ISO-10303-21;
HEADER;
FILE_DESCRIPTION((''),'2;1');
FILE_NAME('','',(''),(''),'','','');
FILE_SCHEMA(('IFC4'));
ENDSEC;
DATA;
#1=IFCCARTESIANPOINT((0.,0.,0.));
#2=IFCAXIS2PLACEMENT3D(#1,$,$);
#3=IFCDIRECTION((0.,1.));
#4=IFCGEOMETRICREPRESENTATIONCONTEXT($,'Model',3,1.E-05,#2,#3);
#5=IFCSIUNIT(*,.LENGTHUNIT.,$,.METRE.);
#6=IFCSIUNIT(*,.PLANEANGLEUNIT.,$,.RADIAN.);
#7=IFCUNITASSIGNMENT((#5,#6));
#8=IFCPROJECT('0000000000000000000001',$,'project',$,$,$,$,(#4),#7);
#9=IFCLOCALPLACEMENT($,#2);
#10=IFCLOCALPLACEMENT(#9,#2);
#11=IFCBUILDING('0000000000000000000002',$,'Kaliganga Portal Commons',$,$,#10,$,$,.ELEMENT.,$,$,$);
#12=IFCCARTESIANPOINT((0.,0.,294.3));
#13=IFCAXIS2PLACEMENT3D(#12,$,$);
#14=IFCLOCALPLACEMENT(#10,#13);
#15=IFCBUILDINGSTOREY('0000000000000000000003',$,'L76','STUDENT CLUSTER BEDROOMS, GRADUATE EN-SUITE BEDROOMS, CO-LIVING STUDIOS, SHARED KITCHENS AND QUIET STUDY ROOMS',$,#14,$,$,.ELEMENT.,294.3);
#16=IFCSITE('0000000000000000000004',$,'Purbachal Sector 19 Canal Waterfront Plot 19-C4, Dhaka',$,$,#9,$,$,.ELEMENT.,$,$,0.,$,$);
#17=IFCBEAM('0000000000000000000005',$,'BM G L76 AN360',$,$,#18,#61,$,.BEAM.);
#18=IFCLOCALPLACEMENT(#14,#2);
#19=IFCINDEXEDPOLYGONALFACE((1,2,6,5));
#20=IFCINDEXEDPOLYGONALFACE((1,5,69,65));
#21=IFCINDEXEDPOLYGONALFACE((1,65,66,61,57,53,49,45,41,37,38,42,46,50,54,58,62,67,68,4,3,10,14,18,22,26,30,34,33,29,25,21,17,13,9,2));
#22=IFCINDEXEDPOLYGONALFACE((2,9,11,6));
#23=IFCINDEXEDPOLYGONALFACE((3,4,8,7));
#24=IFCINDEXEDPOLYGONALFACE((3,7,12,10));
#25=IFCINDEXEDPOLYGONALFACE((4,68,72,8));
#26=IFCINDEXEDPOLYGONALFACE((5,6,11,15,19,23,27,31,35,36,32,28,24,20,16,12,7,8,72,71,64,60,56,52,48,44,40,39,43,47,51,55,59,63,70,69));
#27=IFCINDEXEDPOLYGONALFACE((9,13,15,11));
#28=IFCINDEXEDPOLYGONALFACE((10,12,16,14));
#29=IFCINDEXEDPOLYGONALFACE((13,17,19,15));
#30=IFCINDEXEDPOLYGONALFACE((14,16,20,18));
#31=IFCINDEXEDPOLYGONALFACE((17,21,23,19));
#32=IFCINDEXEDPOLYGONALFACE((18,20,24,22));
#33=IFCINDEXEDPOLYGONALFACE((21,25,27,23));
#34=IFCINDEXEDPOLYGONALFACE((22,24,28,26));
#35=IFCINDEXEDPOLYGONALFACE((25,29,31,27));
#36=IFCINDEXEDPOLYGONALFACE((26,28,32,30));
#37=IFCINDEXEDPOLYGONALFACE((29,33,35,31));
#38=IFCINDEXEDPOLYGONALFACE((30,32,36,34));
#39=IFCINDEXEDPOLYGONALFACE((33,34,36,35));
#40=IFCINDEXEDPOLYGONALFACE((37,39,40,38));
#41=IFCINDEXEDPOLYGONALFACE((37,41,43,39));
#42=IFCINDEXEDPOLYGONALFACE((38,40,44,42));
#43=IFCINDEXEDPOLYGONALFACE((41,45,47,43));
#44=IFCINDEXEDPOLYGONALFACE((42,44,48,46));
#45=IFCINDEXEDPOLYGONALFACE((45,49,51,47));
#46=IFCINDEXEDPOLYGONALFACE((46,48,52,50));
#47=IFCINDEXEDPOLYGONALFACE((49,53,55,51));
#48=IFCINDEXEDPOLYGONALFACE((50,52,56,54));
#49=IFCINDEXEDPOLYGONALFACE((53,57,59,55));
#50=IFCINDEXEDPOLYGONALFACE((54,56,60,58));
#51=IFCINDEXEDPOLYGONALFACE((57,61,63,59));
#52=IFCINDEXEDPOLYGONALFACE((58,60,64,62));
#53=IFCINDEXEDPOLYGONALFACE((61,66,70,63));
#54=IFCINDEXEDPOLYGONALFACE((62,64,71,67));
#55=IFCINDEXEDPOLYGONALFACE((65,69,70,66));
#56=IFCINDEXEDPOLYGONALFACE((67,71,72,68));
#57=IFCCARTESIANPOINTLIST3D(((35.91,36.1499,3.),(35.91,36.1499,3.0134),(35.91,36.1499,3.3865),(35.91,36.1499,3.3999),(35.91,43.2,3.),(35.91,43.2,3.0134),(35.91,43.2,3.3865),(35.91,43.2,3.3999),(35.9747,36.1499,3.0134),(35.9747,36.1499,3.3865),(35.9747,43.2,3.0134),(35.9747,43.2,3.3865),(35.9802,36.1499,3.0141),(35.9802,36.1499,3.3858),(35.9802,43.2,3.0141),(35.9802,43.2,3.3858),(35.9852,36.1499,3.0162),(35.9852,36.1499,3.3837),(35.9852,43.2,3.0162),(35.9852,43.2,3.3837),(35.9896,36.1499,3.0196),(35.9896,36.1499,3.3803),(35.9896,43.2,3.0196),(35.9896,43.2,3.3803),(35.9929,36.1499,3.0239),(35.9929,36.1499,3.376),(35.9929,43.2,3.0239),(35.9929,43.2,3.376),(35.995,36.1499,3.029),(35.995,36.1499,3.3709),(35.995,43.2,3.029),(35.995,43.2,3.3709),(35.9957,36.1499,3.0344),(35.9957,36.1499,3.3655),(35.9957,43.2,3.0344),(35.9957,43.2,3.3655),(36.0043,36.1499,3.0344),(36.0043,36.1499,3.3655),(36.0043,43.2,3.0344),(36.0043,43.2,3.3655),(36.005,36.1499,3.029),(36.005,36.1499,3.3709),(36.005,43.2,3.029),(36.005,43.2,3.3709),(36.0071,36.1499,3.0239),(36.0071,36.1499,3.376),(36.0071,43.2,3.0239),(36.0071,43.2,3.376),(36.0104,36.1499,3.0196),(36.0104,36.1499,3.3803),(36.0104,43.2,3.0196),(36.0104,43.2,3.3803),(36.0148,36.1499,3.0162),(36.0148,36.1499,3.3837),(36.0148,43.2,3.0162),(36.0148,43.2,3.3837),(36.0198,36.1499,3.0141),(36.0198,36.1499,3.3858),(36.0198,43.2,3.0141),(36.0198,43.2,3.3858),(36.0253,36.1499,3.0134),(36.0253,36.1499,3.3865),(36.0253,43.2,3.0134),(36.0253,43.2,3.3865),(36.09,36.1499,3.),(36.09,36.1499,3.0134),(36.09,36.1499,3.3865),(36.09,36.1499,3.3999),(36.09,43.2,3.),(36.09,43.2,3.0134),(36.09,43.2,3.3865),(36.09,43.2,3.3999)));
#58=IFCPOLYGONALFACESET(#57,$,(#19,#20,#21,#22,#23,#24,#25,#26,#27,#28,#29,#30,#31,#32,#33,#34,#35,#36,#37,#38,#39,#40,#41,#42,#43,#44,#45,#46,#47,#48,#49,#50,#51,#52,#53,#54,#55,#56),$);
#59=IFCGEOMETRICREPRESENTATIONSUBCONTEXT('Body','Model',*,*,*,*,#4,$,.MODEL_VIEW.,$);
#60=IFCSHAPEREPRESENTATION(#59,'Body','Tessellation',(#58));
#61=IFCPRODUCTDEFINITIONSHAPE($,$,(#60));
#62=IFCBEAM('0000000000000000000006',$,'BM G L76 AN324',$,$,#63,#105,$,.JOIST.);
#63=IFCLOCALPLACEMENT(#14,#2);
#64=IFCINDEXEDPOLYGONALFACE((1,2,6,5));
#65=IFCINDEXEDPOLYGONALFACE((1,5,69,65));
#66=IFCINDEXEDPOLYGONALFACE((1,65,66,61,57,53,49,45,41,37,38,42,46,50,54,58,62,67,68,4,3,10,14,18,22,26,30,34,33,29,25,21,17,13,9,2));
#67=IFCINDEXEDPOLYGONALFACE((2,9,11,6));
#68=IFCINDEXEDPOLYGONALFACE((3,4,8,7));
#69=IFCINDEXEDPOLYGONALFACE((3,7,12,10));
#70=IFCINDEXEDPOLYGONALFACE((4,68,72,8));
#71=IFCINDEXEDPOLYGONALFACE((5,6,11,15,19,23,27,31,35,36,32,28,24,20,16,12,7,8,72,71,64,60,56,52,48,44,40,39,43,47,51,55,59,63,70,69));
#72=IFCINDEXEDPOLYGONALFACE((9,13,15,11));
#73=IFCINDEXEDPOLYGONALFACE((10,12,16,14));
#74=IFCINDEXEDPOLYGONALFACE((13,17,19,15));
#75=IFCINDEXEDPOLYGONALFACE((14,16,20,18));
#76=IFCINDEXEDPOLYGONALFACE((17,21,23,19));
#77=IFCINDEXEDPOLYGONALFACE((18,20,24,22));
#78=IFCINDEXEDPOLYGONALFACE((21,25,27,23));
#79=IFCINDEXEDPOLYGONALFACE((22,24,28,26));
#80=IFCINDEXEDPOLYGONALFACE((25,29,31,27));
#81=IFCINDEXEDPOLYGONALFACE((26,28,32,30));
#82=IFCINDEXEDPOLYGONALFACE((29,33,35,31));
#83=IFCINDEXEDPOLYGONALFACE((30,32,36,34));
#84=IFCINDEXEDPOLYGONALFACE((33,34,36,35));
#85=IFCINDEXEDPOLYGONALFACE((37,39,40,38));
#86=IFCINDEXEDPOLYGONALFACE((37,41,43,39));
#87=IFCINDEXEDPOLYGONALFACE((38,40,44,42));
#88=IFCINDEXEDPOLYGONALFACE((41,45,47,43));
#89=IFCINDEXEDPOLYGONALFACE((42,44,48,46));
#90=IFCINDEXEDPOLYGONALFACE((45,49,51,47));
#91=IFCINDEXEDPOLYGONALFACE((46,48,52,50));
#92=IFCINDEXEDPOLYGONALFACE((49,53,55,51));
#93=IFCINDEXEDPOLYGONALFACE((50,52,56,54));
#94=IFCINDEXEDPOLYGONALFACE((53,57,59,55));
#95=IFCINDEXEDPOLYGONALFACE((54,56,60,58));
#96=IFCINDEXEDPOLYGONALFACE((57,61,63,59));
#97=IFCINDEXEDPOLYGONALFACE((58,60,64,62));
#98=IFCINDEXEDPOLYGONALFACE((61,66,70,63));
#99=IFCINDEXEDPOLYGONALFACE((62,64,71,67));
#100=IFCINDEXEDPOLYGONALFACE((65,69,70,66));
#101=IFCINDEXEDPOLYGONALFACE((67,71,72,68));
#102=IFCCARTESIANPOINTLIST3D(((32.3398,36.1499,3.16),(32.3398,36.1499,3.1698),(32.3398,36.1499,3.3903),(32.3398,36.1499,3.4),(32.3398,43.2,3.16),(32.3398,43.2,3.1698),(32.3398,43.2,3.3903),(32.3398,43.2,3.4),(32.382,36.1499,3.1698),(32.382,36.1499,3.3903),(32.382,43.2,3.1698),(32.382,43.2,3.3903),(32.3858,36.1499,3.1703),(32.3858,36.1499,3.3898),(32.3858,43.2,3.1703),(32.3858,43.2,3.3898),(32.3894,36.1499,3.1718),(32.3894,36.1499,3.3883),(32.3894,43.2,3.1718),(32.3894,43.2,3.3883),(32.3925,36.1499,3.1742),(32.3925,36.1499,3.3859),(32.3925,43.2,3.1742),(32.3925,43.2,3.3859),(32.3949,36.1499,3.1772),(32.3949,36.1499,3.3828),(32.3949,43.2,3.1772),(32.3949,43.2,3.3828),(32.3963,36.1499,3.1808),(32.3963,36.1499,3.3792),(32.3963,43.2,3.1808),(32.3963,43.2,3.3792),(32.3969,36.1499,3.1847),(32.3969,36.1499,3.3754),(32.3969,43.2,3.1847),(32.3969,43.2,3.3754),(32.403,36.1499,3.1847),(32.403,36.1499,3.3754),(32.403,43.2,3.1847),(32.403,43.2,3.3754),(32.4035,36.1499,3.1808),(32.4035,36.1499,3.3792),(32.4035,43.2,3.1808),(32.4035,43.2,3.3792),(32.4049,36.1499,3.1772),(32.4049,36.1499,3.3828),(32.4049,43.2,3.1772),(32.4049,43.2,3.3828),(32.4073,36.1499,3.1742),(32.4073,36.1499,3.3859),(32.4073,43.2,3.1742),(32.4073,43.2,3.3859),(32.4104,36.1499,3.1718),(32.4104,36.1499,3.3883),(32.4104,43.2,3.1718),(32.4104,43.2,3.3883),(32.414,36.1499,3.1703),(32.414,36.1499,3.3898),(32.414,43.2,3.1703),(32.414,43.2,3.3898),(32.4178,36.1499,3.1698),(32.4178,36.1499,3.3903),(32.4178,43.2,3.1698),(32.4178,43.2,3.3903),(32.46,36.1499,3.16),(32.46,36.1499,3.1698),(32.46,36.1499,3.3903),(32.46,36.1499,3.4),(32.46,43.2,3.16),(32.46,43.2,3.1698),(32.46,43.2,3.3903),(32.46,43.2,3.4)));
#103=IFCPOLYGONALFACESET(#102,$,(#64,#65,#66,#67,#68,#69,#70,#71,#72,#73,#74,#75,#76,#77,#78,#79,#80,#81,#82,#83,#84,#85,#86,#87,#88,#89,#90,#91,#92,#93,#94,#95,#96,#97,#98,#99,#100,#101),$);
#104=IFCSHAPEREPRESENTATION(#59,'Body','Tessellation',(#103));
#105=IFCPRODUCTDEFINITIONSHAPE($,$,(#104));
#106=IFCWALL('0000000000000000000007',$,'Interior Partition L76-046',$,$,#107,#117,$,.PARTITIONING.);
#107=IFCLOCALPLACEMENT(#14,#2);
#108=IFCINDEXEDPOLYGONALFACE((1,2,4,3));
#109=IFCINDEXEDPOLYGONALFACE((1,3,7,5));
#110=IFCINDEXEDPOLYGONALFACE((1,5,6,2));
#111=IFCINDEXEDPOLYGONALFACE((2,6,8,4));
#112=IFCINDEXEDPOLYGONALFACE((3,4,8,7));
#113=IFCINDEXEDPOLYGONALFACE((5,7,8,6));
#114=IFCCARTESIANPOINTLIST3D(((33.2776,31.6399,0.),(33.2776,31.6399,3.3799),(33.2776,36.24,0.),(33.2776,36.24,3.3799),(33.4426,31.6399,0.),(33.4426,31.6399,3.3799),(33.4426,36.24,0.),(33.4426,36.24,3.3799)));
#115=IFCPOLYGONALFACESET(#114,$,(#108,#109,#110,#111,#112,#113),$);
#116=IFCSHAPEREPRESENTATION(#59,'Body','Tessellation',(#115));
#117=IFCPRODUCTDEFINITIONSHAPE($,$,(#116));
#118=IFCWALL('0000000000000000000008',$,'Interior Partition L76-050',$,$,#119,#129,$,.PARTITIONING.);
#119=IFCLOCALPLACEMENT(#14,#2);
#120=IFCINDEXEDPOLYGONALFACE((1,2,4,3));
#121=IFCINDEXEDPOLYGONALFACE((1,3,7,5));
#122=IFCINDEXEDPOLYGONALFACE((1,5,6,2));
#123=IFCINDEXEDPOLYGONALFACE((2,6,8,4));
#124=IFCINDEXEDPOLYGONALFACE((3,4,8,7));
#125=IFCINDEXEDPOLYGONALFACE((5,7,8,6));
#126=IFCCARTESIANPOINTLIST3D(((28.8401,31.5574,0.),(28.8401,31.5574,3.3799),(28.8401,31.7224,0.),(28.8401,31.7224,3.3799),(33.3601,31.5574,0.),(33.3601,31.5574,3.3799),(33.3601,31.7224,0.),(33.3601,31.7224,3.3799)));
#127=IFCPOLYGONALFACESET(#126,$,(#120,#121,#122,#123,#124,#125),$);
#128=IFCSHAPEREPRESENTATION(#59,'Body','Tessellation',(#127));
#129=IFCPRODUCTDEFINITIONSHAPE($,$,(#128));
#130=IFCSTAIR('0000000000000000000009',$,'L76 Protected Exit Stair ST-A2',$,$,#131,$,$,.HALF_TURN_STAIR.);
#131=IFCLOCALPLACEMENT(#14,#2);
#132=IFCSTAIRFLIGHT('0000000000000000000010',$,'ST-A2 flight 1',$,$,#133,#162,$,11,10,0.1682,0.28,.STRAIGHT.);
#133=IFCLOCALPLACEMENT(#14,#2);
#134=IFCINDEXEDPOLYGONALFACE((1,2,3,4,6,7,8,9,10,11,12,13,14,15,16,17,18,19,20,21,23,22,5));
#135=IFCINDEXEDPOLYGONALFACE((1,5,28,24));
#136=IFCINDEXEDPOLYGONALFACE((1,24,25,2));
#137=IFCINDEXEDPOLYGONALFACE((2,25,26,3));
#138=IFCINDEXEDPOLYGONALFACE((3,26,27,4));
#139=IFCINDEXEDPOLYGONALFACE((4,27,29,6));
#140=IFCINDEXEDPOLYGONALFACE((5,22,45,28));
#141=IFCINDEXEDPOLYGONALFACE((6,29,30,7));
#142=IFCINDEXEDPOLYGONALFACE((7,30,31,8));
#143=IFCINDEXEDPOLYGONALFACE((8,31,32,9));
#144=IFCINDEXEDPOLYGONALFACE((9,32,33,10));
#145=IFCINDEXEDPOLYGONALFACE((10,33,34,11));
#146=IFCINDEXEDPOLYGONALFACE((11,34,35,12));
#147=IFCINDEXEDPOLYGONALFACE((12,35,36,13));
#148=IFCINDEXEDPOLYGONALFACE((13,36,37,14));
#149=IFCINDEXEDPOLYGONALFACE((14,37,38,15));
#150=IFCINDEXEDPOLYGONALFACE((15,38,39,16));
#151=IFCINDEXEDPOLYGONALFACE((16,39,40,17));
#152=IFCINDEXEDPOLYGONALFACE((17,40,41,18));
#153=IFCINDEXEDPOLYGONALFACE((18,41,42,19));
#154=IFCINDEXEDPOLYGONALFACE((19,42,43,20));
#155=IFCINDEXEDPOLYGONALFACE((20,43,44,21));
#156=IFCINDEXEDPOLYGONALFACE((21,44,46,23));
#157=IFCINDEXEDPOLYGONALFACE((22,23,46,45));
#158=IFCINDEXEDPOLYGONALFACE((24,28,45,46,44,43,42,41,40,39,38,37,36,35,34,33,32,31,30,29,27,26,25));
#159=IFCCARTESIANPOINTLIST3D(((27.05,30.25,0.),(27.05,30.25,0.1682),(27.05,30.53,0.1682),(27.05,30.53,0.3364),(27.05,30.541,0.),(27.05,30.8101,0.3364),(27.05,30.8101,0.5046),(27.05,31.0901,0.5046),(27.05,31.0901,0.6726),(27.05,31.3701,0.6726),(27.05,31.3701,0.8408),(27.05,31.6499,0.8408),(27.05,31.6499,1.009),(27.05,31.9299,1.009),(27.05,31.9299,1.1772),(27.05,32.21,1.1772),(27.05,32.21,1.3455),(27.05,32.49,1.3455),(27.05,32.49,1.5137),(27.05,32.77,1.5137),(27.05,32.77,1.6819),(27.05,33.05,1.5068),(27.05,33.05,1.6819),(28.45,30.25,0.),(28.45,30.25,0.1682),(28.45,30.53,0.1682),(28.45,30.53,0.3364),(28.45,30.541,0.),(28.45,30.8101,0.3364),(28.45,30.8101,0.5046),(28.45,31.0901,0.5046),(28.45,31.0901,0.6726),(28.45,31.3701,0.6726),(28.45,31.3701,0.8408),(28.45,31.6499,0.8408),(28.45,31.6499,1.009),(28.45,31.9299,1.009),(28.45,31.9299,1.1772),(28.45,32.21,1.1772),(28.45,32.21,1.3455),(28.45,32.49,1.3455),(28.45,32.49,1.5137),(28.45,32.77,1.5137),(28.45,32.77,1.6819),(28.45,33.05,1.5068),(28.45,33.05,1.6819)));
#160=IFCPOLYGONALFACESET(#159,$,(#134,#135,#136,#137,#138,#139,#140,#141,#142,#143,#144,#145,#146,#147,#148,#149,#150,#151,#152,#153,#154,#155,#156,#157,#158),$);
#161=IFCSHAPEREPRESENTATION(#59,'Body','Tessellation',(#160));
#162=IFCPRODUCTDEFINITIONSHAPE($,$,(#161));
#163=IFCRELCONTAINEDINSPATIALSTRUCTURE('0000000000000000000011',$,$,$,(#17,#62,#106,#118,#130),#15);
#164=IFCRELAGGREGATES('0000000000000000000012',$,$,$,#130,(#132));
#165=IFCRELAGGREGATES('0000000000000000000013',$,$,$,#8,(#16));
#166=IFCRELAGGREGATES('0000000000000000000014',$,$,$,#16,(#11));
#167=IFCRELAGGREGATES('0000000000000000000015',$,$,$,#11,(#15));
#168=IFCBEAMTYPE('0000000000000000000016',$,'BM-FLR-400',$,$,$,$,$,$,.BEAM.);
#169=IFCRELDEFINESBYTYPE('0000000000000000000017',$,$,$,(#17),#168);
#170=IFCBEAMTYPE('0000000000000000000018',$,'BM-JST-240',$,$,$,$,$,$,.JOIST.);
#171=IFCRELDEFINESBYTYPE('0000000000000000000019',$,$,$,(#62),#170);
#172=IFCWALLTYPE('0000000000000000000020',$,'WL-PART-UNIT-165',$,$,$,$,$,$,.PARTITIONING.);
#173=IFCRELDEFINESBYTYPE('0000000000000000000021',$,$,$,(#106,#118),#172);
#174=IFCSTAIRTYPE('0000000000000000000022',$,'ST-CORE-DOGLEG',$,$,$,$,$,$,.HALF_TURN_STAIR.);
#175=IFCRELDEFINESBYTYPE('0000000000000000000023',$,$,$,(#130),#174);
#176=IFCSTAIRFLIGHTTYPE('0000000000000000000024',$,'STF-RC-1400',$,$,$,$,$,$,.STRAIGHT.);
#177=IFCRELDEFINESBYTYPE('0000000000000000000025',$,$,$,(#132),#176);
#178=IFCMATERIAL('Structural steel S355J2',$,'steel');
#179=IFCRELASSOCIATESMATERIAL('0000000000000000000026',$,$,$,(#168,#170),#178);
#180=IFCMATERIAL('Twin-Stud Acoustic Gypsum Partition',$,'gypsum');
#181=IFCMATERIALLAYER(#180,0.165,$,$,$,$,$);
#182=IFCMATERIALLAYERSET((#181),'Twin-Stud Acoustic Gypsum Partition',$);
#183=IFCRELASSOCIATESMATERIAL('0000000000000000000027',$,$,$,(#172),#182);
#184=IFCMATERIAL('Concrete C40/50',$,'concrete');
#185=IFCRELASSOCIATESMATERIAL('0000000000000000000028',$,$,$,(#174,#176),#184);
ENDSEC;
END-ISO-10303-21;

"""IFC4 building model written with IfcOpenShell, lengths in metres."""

from ifc_helpers import new_model, si_unit, direction, frame, frame_2d, origin, origin_2d, place, context, subcontext, project, spatial, polyline, rectangle, i_section, outline, extrude, source, transform, mapped, material, layer, layer_set, material_profile, profile_set, type_object, element, aggregate, save


model = new_model("IFC4")

# Units and contexts
model_context = context("Model", 3, precision=1e-05, world=origin(), true_north=direction((0.0, 1.0)))
body_context = subcontext(model_context, "Body", "Model", "MODEL_VIEW")
ifc_project = project(units=[si_unit("LENGTHUNIT", "METRE"), si_unit("PLANEANGLEUNIT", "RADIAN")], contexts=[model_context])

# Site, building, storey
site_placement = place(None, origin())
site = spatial("IfcSite", under=ifc_project, at=site_placement, Name="Purbachal Sector 19 Canal Waterfront Plot 19-C4, Dhaka", CompositionType="ELEMENT", RefElevation=0.0)
building_placement = place(site_placement, origin())
building = spatial("IfcBuilding", under=site, at=building_placement, Name="Kaliganga Portal Commons", CompositionType="ELEMENT")
storey_placement = place(building_placement, frame((0.0, 0.0, 294.3)))
storey = spatial("IfcBuildingStorey", under=building, at=storey_placement, Name="L76", Description="STUDENT CLUSTER BEDROOMS, GRADUATE EN-SUITE BEDROOMS, CO-LIVING STUDIOS, SHARED KITCHENS AND QUIET STUDY ROOMS", CompositionType="ELEMENT", Elevation=294.3)

# Beams
ifc_material_1 = material(Name="Structural steel S355J2", Category="steel")
ifc_material_profile_1 = material_profile(ifc_material_1, i_section(OverallWidth=0.1799, OverallDepth=0.3999, WebThickness=0.0085, FlangeThickness=0.0134, FilletRadius=0.021, at=origin_2d()), Name="IPE 400")
ifc_profile_set_1 = profile_set([ifc_material_profile_1], Name="Structural steel S355J2 wide-flange")
beam_type_1 = type_object("IfcBeamType", Name="BM-FLR-400", PredefinedType="BEAM", material=ifc_profile_set_1)
shared_shape_1 = source(origin(), body_context, "Body", "SweptSolid", [
    extrude(i_section(OverallWidth=0.1799, OverallDepth=0.3999, WebThickness=0.0085, FlangeThickness=0.0134, FilletRadius=0.021, at=origin_2d()), origin(), (0.0, 0.0, 1.0), 7.05),
])
for number, where, z_axis, x_axis, name in (
    (1, (36.0, 36.1499, 3.2), (0.0, 1.0, 0.0), (-1.0, 0.0, 0.0), "BM G L76 AN360"),
):
    element("IfcBeam", number, at=place(storey_placement, frame(where, z_axis=z_axis, x_axis=x_axis)), inside=storey, type_object=beam_type_1, Name=name, PredefinedType="BEAM", context=body_context, shape_type="MappedRepresentation", body=[
        mapped(shared_shape_1, transform((0.0, 0.0, 0.0), x_axis=(1.0, 0.0, 0.0), y_axis=(0.0, 1.0, 0.0), z_axis=(0.0, 0.0, 1.0), scale=1.0)),
    ])
ifc_material_profile_2 = material_profile(ifc_material_1, i_section(OverallWidth=0.1201, OverallDepth=0.24, WebThickness=0.0061, FlangeThickness=0.0098, FilletRadius=0.0149, at=origin_2d()), Name="IPE 240")
ifc_profile_set_2 = profile_set([ifc_material_profile_2], Name="Structural steel S355J2 wide-flange")
beam_type_2 = type_object("IfcBeamType", Name="BM-JST-240", PredefinedType="JOIST", material=ifc_profile_set_2)
shared_shape_2 = source(origin(), body_context, "Body", "SweptSolid", [
    extrude(i_section(OverallWidth=0.1201, OverallDepth=0.24, WebThickness=0.0061, FlangeThickness=0.0098, FilletRadius=0.0149, at=origin_2d()), origin(), (0.0, 0.0, 1.0), 7.05),
])
beam_1_placement = place(storey_placement, frame((32.3999, 36.1499, 3.28), z_axis=(0.0, 1.0, 0.0), x_axis=(-1.0, 0.0, 0.0)))
element("IfcBeam", 2, at=beam_1_placement, inside=storey, type_object=beam_type_2, Name="BM G L76 AN324", PredefinedType="JOIST", context=body_context, shape_type="MappedRepresentation", body=[
    mapped(shared_shape_2, transform((0.0, 0.0, 0.0), x_axis=(1.0, 0.0, 0.0), y_axis=(0.0, 1.0, 0.0), z_axis=(0.0, 0.0, 1.0), scale=1.0)),
])

# Walls
ifc_material_2 = material(Name="Twin-Stud Acoustic Gypsum Partition", Category="gypsum")
ifc_layer = layer(ifc_material_2, 0.165)
ifc_layer_set = layer_set([ifc_layer], Name="Twin-Stud Acoustic Gypsum Partition")
wall_type = type_object("IfcWallType", Name="WL-PART-UNIT-165", PredefinedType="PARTITIONING", material=ifc_layer_set)
wall_1_placement = place(storey_placement, frame((33.3601, 31.6399, 0.0), z_axis=(0.0, 0.0, 1.0), x_axis=(0.0, 1.0, 0.0)))
element("IfcWall", 3, at=wall_1_placement, inside=storey, type_object=wall_type, Name="Interior Partition L76-046", PredefinedType="PARTITIONING", context=body_context, shape_type="SweptSolid", body=[
    extrude(rectangle(XDim=4.6001, YDim=0.165, at=frame_2d((2.3, 0.0))), origin(), (0.0, 0.0, 1.0), 3.3799),
])
wall_2_placement = place(storey_placement, frame((28.8401, 31.6399, 0.0), z_axis=(0.0, 0.0, 1.0), x_axis=(1.0, 0.0, 0.0)))
element("IfcWall", 4, at=wall_2_placement, inside=storey, type_object=wall_type, Name="Interior Partition L76-050", PredefinedType="PARTITIONING", context=body_context, shape_type="SweptSolid", body=[
    extrude(rectangle(XDim=4.52, YDim=0.165, at=frame_2d((2.26, 0.0))), origin(), (0.0, 0.0, 1.0), 3.3799),
])

# Stair, stair flight
ifc_material_3 = material(Name="Concrete C40/50", Category="concrete")
stair_type = type_object("IfcStairType", Name="ST-CORE-DOGLEG", PredefinedType="HALF_TURN_STAIR", material=ifc_material_3)
stair_placement = place(storey_placement, origin())
stair = element("IfcStair", 5, at=stair_placement, inside=storey, type_object=stair_type, Name="L76 Protected Exit Stair ST-A2", PredefinedType="HALF_TURN_STAIR")
stair_flight_type = type_object("IfcStairFlightType", Name="STF-RC-1400", PredefinedType="STRAIGHT", material=ifc_material_3)
stair_flight_placement = place(storey_placement, frame((27.75, 30.25, 0.0), z_axis=(0.0, 0.0, 1.0), x_axis=(0.0, 1.0, 0.0)))
stair_flight = element("IfcStairFlight", 6, at=stair_flight_placement, type_object=stair_flight_type, Name="ST-A2 flight 1", NumberOfRisers=11, NumberOfTreads=10, PredefinedType="STRAIGHT", RiserHeight=0.1682, TreadLength=0.28, context=body_context, shape_type="SweptSolid", body=[
    extrude(outline(polyline([(0.0, 0.0), (0.0, 0.1682), (0.28, 0.1682), (0.28, 0.3364), (0.5601, 0.3364), (0.5601, 0.5046), (0.8401, 0.5046), (0.8401, 0.6726), (1.1201, 0.6726), (1.1201, 0.8408), (1.3999, 0.8408), (1.3999, 1.009), (1.6799, 1.009), (1.6799, 1.1772), (1.96, 1.1772), (1.96, 1.3455), (2.24, 1.3455), (2.24, 1.5137), (2.52, 1.5137), (2.52, 1.6819), (2.8, 1.6819), (2.8, 1.8501), (2.8, 1.5068), (0.291, 0.0), (0.0, 0.0)])), frame((0.0, 0.7, 0.0), z_axis=(0.0, -1.0, 0.0), x_axis=(1.0, 0.0, 0.0)), (0.0, 0.0, 1.0), 1.3999),
])
aggregate(stair, [stair_flight])

save(model, "model.ifc")
